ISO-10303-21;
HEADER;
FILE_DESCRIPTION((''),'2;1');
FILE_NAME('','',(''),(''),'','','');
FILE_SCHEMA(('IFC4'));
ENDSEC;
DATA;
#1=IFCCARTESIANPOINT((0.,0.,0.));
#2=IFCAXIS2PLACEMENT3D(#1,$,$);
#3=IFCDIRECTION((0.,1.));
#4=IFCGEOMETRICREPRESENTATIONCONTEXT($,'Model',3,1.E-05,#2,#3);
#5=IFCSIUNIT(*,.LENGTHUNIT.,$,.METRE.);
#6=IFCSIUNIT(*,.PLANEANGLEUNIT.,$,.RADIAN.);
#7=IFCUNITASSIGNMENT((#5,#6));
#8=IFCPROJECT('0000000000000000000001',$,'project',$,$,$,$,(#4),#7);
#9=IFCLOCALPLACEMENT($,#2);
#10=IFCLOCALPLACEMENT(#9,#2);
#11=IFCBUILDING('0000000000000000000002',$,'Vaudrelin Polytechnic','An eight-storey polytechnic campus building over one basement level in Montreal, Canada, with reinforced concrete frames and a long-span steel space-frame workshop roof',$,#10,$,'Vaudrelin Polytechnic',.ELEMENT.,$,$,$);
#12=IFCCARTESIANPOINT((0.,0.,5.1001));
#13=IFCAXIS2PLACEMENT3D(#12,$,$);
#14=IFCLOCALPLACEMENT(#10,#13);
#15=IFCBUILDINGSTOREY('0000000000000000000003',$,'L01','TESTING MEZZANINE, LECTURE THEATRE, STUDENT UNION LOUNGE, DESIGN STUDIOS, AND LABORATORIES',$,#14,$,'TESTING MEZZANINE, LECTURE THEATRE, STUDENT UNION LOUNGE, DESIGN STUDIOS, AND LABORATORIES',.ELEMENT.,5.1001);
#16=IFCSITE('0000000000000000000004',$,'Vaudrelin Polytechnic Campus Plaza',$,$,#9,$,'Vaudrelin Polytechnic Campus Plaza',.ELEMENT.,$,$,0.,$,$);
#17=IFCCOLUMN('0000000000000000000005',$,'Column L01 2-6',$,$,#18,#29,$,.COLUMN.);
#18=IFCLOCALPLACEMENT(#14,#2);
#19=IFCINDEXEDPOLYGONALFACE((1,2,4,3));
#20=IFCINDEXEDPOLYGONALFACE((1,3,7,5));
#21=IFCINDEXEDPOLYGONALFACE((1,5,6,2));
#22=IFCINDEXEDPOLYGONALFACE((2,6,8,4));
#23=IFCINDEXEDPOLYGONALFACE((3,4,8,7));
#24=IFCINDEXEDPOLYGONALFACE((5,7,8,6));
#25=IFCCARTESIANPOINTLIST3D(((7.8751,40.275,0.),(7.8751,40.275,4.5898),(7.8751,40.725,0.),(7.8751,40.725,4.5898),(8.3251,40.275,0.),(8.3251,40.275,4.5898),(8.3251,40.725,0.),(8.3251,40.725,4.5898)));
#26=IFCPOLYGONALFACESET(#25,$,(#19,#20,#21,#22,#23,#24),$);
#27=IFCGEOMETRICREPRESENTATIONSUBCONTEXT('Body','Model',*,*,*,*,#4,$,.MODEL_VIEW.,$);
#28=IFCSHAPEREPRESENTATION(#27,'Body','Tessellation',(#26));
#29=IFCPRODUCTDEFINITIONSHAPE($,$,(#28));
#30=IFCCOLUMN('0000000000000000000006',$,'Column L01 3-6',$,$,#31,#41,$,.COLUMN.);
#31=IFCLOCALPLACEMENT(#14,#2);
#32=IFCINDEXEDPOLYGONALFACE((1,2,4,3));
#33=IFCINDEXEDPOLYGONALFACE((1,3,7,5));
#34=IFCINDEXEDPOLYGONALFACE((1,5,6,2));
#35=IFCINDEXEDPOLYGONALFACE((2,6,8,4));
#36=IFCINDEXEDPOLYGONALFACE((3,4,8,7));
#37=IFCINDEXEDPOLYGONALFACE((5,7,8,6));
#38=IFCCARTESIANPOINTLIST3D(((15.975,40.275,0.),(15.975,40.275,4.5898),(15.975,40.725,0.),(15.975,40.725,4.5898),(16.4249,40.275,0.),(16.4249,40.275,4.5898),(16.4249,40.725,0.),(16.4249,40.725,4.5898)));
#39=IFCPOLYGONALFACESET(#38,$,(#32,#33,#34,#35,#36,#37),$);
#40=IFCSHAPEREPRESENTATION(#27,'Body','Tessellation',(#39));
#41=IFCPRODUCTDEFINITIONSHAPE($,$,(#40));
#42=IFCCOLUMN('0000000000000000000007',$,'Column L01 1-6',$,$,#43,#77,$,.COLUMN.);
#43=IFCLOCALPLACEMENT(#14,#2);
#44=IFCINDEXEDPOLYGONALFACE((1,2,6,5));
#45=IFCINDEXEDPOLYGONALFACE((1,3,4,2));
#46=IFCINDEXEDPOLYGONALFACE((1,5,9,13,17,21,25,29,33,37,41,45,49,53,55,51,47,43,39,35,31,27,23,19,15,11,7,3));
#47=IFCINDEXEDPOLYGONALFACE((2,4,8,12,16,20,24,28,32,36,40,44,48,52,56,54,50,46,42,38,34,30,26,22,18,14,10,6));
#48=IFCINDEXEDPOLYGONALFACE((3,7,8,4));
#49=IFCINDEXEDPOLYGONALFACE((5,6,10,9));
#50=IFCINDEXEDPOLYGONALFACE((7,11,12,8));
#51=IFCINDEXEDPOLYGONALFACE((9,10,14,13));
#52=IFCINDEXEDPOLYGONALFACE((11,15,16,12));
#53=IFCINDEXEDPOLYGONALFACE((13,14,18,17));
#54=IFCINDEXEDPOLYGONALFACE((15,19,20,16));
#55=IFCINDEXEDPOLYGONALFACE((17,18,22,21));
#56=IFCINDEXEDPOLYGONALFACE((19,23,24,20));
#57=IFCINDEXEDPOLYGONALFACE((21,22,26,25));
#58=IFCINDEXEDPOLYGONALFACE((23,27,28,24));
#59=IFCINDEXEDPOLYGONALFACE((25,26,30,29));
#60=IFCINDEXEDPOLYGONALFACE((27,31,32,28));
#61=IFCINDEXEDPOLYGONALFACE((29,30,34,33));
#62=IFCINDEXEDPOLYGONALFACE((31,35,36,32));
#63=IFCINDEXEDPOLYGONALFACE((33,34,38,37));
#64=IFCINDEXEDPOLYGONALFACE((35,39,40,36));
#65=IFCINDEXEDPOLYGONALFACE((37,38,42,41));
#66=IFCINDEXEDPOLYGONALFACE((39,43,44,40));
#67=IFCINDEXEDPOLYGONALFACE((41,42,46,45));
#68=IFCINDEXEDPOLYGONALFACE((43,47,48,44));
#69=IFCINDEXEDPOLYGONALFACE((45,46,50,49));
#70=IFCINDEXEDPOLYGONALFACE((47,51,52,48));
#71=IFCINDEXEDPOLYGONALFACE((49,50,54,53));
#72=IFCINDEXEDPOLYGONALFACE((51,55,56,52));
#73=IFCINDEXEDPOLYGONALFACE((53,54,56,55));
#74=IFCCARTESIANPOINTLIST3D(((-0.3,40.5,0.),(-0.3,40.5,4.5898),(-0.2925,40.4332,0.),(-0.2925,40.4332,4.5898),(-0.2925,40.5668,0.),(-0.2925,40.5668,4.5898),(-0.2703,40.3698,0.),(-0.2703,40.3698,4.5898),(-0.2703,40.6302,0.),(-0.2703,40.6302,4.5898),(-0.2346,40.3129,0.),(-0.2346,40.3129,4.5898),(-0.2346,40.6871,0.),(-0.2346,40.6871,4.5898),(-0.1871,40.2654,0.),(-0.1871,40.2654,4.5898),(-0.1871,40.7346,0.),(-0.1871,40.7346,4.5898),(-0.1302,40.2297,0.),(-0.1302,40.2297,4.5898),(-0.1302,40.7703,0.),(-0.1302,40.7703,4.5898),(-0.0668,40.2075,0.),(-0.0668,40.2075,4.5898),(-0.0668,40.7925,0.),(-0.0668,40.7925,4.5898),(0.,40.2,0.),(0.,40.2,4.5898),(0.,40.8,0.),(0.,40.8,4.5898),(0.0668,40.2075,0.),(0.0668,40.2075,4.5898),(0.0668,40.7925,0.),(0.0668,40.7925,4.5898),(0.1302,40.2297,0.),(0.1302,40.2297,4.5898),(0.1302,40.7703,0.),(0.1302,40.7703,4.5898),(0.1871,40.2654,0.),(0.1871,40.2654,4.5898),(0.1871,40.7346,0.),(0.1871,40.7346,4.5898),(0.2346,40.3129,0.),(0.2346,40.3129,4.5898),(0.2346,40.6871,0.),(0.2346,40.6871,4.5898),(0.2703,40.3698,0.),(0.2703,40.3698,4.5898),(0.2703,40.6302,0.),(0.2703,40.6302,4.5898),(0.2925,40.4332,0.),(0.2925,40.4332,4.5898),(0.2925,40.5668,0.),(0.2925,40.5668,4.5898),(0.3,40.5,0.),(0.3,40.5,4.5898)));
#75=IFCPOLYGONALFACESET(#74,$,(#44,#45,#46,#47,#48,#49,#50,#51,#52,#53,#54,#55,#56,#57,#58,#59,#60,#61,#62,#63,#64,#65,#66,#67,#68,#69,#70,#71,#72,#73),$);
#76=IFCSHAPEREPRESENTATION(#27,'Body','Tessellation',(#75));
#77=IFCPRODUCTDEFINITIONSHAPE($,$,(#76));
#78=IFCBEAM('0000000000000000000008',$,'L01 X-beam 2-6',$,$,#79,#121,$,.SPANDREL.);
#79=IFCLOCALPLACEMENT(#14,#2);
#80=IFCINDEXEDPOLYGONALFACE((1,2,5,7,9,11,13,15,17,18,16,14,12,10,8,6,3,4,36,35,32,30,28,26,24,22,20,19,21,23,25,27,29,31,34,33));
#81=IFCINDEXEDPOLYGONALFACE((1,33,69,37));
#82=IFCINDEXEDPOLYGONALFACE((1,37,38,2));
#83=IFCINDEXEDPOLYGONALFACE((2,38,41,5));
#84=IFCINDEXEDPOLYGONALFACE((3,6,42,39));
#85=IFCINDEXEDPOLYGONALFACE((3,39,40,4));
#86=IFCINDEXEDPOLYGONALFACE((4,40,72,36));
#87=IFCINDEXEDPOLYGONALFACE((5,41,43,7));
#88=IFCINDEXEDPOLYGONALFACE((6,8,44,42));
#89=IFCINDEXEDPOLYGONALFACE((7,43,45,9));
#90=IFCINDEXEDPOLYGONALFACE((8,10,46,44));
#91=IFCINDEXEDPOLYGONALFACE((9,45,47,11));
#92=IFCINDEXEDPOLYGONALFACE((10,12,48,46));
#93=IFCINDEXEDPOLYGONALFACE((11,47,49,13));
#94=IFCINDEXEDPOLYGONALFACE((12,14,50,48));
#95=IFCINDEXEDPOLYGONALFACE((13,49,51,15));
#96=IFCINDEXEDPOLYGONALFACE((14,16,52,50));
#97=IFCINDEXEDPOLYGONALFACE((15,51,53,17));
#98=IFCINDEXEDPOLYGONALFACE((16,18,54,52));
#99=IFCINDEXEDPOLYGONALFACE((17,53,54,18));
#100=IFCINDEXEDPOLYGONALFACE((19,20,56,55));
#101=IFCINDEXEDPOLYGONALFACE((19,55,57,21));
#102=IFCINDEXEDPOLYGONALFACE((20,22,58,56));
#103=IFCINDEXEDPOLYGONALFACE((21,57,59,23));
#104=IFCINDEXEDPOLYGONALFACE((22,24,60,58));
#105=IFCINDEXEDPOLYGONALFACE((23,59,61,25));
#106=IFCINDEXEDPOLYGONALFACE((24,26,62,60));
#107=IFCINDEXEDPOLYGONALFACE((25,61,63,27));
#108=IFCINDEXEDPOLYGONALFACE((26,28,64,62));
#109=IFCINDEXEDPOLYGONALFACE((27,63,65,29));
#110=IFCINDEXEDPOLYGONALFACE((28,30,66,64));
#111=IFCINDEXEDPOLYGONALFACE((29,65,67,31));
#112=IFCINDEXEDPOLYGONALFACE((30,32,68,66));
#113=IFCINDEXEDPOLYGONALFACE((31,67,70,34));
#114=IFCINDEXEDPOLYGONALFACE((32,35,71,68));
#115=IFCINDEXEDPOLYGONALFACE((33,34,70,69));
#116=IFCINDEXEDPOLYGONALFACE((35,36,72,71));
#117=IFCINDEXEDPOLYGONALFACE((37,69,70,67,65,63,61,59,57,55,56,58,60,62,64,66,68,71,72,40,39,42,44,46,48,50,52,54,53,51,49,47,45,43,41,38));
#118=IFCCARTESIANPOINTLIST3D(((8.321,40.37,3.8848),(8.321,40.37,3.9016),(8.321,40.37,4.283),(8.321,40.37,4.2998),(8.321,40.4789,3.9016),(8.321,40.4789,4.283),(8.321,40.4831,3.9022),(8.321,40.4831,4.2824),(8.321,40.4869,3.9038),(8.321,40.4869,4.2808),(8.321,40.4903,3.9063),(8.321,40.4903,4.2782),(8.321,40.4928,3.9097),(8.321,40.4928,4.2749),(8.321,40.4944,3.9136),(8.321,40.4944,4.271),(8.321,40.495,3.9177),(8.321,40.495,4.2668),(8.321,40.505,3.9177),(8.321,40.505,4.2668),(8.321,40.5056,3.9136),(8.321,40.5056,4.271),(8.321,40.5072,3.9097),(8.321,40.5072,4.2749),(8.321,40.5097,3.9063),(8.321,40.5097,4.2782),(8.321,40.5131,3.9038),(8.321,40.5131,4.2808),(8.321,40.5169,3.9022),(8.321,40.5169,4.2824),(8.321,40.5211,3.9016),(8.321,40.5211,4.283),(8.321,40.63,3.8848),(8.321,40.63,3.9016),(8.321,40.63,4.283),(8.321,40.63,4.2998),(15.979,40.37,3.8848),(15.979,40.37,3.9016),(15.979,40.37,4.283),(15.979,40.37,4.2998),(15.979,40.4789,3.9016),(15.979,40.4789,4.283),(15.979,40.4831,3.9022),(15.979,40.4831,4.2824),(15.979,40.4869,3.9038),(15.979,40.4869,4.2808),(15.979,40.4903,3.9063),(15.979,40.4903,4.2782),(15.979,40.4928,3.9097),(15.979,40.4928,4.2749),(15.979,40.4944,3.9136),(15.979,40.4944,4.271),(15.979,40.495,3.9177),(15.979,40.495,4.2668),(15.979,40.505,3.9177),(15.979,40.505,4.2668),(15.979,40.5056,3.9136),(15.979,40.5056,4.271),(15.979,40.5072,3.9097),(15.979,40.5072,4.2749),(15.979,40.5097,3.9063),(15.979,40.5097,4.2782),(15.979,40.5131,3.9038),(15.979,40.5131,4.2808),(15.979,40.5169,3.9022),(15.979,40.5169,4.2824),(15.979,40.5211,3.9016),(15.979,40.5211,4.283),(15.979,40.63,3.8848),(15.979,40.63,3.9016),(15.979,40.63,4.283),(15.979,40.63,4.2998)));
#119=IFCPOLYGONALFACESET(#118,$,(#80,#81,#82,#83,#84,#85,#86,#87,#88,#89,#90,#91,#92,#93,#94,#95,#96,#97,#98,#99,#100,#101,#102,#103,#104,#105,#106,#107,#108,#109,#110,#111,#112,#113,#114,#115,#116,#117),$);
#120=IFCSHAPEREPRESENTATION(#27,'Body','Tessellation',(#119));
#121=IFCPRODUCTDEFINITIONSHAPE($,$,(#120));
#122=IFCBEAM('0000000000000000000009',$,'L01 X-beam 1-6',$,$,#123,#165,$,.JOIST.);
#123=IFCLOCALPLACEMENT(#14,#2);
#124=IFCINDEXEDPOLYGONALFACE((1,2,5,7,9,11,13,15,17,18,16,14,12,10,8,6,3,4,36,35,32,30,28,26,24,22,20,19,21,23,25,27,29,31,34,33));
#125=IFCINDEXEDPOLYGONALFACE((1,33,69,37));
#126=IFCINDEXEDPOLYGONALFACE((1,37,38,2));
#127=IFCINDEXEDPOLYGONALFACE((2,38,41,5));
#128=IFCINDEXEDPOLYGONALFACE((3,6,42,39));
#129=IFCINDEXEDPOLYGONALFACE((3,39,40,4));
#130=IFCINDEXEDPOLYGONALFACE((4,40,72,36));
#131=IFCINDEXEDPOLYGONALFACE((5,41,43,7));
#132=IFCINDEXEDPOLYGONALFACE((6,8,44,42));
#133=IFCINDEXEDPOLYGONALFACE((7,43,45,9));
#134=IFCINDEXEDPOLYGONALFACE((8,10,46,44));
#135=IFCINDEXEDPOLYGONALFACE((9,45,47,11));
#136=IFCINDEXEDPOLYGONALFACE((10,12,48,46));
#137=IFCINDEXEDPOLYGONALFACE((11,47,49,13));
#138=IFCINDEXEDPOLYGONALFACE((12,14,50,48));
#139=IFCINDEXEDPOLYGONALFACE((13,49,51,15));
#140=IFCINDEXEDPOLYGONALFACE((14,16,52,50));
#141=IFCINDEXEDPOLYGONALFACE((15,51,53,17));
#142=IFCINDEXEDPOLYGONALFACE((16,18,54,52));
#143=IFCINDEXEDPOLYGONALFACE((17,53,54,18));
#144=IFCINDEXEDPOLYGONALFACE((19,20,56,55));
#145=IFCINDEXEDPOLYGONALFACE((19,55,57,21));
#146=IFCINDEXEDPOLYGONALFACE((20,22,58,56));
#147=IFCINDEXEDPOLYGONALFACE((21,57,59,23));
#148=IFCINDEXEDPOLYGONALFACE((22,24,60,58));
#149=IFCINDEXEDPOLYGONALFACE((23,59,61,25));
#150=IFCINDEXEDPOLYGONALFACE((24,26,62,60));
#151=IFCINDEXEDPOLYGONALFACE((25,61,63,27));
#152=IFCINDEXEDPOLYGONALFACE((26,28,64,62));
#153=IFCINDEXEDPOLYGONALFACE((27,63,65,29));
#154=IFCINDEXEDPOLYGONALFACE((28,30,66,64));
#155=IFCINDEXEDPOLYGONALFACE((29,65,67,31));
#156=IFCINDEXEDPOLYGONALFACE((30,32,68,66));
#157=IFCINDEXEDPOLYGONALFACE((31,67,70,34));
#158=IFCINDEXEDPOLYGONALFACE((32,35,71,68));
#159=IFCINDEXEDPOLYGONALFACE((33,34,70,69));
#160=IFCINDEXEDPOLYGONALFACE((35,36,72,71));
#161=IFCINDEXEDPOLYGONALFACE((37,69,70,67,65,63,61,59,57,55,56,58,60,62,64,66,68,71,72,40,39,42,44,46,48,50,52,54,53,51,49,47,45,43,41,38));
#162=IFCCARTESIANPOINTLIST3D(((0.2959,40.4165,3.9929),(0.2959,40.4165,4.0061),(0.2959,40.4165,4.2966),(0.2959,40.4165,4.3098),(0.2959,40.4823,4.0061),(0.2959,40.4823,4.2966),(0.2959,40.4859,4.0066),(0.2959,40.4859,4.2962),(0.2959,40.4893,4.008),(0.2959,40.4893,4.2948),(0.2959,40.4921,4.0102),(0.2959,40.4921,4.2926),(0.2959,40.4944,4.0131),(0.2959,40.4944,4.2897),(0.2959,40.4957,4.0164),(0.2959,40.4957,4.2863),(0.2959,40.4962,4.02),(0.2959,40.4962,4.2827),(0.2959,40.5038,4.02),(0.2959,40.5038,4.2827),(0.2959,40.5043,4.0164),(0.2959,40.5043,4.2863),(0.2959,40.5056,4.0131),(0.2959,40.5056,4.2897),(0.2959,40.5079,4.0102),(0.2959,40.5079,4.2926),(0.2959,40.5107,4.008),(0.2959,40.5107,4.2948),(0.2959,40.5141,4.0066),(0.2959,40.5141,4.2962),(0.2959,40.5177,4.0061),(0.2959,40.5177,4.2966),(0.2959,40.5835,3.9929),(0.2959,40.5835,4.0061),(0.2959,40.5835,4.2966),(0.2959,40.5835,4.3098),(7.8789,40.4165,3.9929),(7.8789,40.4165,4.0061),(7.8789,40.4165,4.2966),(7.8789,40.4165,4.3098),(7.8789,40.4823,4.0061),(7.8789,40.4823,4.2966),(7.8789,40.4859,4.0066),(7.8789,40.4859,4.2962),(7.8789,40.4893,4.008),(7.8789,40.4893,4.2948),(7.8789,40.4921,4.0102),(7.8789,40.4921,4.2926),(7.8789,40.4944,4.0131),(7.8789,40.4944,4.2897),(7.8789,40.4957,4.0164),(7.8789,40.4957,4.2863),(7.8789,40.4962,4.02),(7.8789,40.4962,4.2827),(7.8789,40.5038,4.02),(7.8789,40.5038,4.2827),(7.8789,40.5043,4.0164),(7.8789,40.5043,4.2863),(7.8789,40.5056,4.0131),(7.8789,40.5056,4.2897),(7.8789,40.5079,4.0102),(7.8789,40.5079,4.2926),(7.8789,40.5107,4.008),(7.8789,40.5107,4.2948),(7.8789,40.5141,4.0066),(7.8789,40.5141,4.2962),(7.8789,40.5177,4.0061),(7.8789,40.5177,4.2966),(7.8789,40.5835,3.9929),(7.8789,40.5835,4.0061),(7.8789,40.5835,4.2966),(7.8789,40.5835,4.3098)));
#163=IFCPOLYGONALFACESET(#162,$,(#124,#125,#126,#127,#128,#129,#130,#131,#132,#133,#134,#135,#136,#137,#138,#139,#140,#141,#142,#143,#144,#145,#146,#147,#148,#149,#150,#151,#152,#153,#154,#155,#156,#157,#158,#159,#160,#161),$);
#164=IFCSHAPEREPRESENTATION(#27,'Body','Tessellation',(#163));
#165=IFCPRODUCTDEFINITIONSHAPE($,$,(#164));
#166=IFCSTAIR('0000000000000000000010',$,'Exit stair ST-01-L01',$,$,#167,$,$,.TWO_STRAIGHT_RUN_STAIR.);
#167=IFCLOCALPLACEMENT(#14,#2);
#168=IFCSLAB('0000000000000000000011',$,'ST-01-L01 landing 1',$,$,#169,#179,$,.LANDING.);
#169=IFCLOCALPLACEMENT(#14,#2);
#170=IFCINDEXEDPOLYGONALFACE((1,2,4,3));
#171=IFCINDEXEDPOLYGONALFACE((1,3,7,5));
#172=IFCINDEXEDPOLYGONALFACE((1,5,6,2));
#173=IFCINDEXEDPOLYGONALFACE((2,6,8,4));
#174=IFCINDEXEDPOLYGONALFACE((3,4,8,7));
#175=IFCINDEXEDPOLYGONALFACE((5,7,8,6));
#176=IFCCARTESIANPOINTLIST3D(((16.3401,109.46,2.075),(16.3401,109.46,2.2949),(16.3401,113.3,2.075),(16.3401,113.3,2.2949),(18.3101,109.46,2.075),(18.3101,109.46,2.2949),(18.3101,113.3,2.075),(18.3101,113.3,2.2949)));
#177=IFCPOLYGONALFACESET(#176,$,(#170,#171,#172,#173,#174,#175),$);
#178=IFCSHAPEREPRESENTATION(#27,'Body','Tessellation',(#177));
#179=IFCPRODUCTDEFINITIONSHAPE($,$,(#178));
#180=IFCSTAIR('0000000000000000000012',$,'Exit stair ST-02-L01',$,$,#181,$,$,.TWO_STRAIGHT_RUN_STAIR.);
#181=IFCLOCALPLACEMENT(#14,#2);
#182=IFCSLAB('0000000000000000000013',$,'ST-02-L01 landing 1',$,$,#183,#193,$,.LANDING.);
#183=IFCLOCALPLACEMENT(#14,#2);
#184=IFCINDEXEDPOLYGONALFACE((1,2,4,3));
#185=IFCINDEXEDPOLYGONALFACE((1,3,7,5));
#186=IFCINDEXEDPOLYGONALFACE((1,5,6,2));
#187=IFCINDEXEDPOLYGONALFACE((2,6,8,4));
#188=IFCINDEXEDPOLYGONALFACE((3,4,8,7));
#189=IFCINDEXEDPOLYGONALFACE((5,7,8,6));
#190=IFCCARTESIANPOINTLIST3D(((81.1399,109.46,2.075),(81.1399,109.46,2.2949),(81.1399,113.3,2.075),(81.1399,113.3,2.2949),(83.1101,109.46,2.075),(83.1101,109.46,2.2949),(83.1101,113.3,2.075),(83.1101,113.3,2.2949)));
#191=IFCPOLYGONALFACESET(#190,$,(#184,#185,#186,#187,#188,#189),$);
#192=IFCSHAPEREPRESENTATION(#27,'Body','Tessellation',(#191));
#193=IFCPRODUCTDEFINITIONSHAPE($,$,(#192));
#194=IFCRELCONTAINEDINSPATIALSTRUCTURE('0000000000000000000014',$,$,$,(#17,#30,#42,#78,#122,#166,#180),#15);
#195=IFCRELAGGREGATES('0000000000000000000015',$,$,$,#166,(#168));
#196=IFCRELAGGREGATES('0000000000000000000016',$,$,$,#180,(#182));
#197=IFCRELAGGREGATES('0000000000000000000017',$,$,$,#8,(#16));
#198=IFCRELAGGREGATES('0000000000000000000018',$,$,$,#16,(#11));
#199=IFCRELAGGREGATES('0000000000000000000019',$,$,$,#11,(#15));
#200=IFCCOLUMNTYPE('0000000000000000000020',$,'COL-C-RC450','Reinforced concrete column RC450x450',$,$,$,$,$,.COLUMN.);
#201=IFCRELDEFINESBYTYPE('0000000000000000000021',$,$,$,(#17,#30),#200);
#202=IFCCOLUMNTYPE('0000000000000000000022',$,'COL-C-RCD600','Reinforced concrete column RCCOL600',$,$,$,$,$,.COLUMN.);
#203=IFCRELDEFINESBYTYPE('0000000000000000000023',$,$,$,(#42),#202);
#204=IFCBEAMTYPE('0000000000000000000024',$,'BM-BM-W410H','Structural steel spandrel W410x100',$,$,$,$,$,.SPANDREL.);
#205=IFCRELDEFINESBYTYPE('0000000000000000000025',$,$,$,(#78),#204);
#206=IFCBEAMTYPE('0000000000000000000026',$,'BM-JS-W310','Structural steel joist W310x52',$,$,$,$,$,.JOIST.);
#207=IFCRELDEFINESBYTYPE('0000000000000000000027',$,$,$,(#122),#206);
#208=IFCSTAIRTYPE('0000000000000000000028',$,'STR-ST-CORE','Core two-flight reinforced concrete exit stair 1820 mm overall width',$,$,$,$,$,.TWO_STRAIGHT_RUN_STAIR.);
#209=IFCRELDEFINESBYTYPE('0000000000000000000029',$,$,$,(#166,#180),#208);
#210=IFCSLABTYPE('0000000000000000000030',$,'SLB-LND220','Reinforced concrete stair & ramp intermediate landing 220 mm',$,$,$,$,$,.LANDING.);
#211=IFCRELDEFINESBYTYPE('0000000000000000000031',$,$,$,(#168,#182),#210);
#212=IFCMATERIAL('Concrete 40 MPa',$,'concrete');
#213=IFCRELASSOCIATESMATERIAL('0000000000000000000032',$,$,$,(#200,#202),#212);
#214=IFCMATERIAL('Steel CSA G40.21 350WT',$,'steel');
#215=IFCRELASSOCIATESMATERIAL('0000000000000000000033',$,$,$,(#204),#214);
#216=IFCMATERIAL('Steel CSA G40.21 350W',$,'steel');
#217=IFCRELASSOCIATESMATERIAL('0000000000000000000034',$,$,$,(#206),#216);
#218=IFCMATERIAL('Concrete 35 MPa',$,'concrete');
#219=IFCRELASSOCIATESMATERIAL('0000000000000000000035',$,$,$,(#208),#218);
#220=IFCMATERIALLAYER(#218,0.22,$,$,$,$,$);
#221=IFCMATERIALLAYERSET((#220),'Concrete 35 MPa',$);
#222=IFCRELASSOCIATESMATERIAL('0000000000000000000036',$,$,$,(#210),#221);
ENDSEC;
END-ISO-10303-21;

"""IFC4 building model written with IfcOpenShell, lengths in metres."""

from ifc_helpers import new_model, si_unit, direction, frame, origin, origin_2d, place, context, subcontext, project, spatial, polyline, rectangle, circle, i_section, outline, extrude, material, layer, layer_set, material_profile, profile_set, type_object, element, aggregate, save


model = new_model("IFC4")

# Units and contexts
model_context = context("Model", 3, precision=1e-05, world=origin(), true_north=direction((0.0, 1.0)))
body_context = subcontext(model_context, "Body", "Model", "MODEL_VIEW")
ifc_project = project(units=[si_unit("LENGTHUNIT", "METRE"), si_unit("PLANEANGLEUNIT", "RADIAN")], contexts=[model_context])

# Site, building, storey
site_placement = place(None, origin())
site = spatial("IfcSite", under=ifc_project, at=site_placement, Name="Vaudrelin Polytechnic Campus Plaza", LongName="Vaudrelin Polytechnic Campus Plaza", CompositionType="ELEMENT", RefElevation=0.0)
building_placement = place(site_placement, origin())
building = spatial("IfcBuilding", under=site, at=building_placement, Name="Vaudrelin Polytechnic", Description="An eight-storey polytechnic campus building over one basement level in Montreal, Canada, with reinforced concrete frames and a long-span steel space-frame workshop roof", LongName="Vaudrelin Polytechnic", CompositionType="ELEMENT")
storey_placement = place(building_placement, frame((0.0, 0.0, 5.1001)))
storey = spatial("IfcBuildingStorey", under=building, at=storey_placement, Name="L01", Description="TESTING MEZZANINE, LECTURE THEATRE, STUDENT UNION LOUNGE, DESIGN STUDIOS, AND LABORATORIES", LongName="TESTING MEZZANINE, LECTURE THEATRE, STUDENT UNION LOUNGE, DESIGN STUDIOS, AND LABORATORIES", CompositionType="ELEMENT", Elevation=5.1001)

# Columns
ifc_material_1 = material(Name="Concrete 40 MPa", Category="concrete")
ifc_material_profile_1 = material_profile(ifc_material_1, rectangle(XDim=0.45, YDim=0.45, at=origin_2d()), Name="RC450x450")
ifc_profile_set_1 = profile_set([ifc_material_profile_1], Name="Concrete 40 MPa")
column_type_1 = type_object("IfcColumnType", Name="COL-C-RC450", Description="Reinforced concrete column RC450x450", PredefinedType="COLUMN", material=ifc_profile_set_1)
for number, where, z_axis, x_axis, name in (
    (1, (8.1001, 40.5, 0.0), (0.0, 0.0, 1.0), (1.0, 0.0, 0.0), "Column L01 2-6"),
    (2, (16.2, 40.5, 0.0), (0.0, 0.0, 1.0), (1.0, 0.0, 0.0), "Column L01 3-6"),
):
    element("IfcColumn", number, at=place(storey_placement, frame(where, z_axis=z_axis, x_axis=x_axis)), inside=storey, type_object=column_type_1, Name=name, PredefinedType="COLUMN", context=body_context, shape_type="SweptSolid", body=[
        extrude(rectangle(XDim=0.45, YDim=0.45, at=origin_2d()), origin(), (0.0, 0.0, 1.0), 4.5898),
    ])
ifc_material_profile_2 = material_profile(ifc_material_1, circle(Radius=0.3, at=origin_2d()), Name="RCCOL600")
ifc_profile_set_2 = profile_set([ifc_material_profile_2], Name="Concrete 40 MPa")
column_type_2 = type_object("IfcColumnType", Name="COL-C-RCD600", Description="Reinforced concrete column RCCOL600", PredefinedType="COLUMN", material=ifc_profile_set_2)
column_placement = place(storey_placement, frame((0.0, 40.5, 0.0), z_axis=(0.0, 0.0, 1.0), x_axis=(1.0, 0.0, 0.0)))
element("IfcColumn", 3, at=column_placement, inside=storey, type_object=column_type_2, Name="Column L01 1-6", PredefinedType="COLUMN", context=body_context, shape_type="SweptSolid", body=[
    extrude(circle(Radius=0.3, at=origin_2d()), origin(), (0.0, 0.0, 1.0), 4.5898),
])

# Beams
ifc_material_2 = material(Name="Steel CSA G40.21 350WT", Category="steel")
ifc_material_profile_3 = material_profile(ifc_material_2, i_section(OverallWidth=0.26, OverallDepth=0.415, WebThickness=0.01, FlangeThickness=0.0168, FilletRadius=0.0161, at=origin_2d()), Name="W410x100")
ifc_profile_set_3 = profile_set([ifc_material_profile_3], Name="Steel CSA G40.21 350WT")
beam_type_1 = type_object("IfcBeamType", Name="BM-BM-W410H", Description="Structural steel spandrel W410x100", PredefinedType="SPANDREL", material=ifc_profile_set_3)
beam_1_placement = place(storey_placement, frame((8.321, 40.5, 4.0923), z_axis=(1.0, 0.0, 0.0), x_axis=(0.0, 1.0, 0.0)))
element("IfcBeam", 4, at=beam_1_placement, inside=storey, type_object=beam_type_1, Name="L01 X-beam 2-6", PredefinedType="SPANDREL", context=body_context, shape_type="SweptSolid", body=[
    extrude(i_section(OverallWidth=0.26, OverallDepth=0.415, WebThickness=0.01, FlangeThickness=0.0168, FilletRadius=0.0161, at=origin_2d()), origin(), (0.0, 0.0, 1.0), 7.658),
])
ifc_material_3 = material(Name="Steel CSA G40.21 350W", Category="steel")
ifc_material_profile_4 = material_profile(ifc_material_3, i_section(OverallWidth=0.167, OverallDepth=0.3169, WebThickness=0.0076, FlangeThickness=0.0132, FilletRadius=0.0139, at=origin_2d()), Name="W310x52")
ifc_profile_set_4 = profile_set([ifc_material_profile_4], Name="Steel CSA G40.21 350W")
beam_type_2 = type_object("IfcBeamType", Name="BM-JS-W310", Description="Structural steel joist W310x52", PredefinedType="JOIST", material=ifc_profile_set_4)
beam_2_placement = place(storey_placement, frame((0.2959, 40.5, 4.1514), z_axis=(1.0, 0.0, 0.0), x_axis=(0.0, 1.0, 0.0)))
element("IfcBeam", 5, at=beam_2_placement, inside=storey, type_object=beam_type_2, Name="L01 X-beam 1-6", PredefinedType="JOIST", context=body_context, shape_type="SweptSolid", body=[
    extrude(i_section(OverallWidth=0.167, OverallDepth=0.3169, WebThickness=0.0076, FlangeThickness=0.0132, FilletRadius=0.0139, at=origin_2d()), origin(), (0.0, 0.0, 1.0), 7.583),
])

# Stairs, slabs
ifc_material_4 = material(Name="Concrete 35 MPa", Category="concrete")
stair_type = type_object("IfcStairType", Name="STR-ST-CORE", Description="Core two-flight reinforced concrete exit stair 1820 mm overall width", PredefinedType="TWO_STRAIGHT_RUN_STAIR", material=ifc_material_4)
stair_1_placement = place(storey_placement, origin())
stair_1 = element("IfcStair", 6, at=stair_1_placement, inside=storey, type_object=stair_type, Name="Exit stair ST-01-L01", PredefinedType="TWO_STRAIGHT_RUN_STAIR")
ifc_layer_1 = layer(ifc_material_4, 0.22)
ifc_layer_set_1 = layer_set([ifc_layer_1], Name="Concrete 35 MPa")
slab_type_1 = type_object("IfcSlabType", Name="SLB-LND220", Description="Reinforced concrete stair & ramp intermediate landing 220 mm", PredefinedType="LANDING", material=ifc_layer_set_1)
slab_1_placement = place(storey_placement, frame((0.0, 0.0, 2.075)))
slab_1 = element("IfcSlab", 7, at=slab_1_placement, type_object=slab_type_1, Name="ST-01-L01 landing 1", PredefinedType="LANDING", context=body_context, shape_type="SweptSolid", body=[
    extrude(outline(polyline([(16.3401, 109.46), (18.3101, 109.46), (18.3101, 113.3), (16.3401, 113.3), (16.3401, 109.46)])), origin(), (0.0, 0.0, 1.0), 0.22),
])
aggregate(stair_1, [slab_1])
stair_2_placement = place(storey_placement, origin())
stair_2 = element("IfcStair", 8, at=stair_2_placement, inside=storey, type_object=stair_type, Name="Exit stair ST-02-L01", PredefinedType="TWO_STRAIGHT_RUN_STAIR")
slab_2_placement = place(storey_placement, frame((0.0, 0.0, 2.075)))
slab_2 = element("IfcSlab", 9, at=slab_2_placement, type_object=slab_type_1, Name="ST-02-L01 landing 1", PredefinedType="LANDING", context=body_context, shape_type="SweptSolid", body=[
    extrude(outline(polyline([(81.1399, 109.46), (83.1101, 109.46), (83.1101, 113.3), (81.1399, 113.3), (81.1399, 109.46)])), origin(), (0.0, 0.0, 1.0), 0.22),
])
aggregate(stair_2, [slab_2])

save(model, "model.ifc")
